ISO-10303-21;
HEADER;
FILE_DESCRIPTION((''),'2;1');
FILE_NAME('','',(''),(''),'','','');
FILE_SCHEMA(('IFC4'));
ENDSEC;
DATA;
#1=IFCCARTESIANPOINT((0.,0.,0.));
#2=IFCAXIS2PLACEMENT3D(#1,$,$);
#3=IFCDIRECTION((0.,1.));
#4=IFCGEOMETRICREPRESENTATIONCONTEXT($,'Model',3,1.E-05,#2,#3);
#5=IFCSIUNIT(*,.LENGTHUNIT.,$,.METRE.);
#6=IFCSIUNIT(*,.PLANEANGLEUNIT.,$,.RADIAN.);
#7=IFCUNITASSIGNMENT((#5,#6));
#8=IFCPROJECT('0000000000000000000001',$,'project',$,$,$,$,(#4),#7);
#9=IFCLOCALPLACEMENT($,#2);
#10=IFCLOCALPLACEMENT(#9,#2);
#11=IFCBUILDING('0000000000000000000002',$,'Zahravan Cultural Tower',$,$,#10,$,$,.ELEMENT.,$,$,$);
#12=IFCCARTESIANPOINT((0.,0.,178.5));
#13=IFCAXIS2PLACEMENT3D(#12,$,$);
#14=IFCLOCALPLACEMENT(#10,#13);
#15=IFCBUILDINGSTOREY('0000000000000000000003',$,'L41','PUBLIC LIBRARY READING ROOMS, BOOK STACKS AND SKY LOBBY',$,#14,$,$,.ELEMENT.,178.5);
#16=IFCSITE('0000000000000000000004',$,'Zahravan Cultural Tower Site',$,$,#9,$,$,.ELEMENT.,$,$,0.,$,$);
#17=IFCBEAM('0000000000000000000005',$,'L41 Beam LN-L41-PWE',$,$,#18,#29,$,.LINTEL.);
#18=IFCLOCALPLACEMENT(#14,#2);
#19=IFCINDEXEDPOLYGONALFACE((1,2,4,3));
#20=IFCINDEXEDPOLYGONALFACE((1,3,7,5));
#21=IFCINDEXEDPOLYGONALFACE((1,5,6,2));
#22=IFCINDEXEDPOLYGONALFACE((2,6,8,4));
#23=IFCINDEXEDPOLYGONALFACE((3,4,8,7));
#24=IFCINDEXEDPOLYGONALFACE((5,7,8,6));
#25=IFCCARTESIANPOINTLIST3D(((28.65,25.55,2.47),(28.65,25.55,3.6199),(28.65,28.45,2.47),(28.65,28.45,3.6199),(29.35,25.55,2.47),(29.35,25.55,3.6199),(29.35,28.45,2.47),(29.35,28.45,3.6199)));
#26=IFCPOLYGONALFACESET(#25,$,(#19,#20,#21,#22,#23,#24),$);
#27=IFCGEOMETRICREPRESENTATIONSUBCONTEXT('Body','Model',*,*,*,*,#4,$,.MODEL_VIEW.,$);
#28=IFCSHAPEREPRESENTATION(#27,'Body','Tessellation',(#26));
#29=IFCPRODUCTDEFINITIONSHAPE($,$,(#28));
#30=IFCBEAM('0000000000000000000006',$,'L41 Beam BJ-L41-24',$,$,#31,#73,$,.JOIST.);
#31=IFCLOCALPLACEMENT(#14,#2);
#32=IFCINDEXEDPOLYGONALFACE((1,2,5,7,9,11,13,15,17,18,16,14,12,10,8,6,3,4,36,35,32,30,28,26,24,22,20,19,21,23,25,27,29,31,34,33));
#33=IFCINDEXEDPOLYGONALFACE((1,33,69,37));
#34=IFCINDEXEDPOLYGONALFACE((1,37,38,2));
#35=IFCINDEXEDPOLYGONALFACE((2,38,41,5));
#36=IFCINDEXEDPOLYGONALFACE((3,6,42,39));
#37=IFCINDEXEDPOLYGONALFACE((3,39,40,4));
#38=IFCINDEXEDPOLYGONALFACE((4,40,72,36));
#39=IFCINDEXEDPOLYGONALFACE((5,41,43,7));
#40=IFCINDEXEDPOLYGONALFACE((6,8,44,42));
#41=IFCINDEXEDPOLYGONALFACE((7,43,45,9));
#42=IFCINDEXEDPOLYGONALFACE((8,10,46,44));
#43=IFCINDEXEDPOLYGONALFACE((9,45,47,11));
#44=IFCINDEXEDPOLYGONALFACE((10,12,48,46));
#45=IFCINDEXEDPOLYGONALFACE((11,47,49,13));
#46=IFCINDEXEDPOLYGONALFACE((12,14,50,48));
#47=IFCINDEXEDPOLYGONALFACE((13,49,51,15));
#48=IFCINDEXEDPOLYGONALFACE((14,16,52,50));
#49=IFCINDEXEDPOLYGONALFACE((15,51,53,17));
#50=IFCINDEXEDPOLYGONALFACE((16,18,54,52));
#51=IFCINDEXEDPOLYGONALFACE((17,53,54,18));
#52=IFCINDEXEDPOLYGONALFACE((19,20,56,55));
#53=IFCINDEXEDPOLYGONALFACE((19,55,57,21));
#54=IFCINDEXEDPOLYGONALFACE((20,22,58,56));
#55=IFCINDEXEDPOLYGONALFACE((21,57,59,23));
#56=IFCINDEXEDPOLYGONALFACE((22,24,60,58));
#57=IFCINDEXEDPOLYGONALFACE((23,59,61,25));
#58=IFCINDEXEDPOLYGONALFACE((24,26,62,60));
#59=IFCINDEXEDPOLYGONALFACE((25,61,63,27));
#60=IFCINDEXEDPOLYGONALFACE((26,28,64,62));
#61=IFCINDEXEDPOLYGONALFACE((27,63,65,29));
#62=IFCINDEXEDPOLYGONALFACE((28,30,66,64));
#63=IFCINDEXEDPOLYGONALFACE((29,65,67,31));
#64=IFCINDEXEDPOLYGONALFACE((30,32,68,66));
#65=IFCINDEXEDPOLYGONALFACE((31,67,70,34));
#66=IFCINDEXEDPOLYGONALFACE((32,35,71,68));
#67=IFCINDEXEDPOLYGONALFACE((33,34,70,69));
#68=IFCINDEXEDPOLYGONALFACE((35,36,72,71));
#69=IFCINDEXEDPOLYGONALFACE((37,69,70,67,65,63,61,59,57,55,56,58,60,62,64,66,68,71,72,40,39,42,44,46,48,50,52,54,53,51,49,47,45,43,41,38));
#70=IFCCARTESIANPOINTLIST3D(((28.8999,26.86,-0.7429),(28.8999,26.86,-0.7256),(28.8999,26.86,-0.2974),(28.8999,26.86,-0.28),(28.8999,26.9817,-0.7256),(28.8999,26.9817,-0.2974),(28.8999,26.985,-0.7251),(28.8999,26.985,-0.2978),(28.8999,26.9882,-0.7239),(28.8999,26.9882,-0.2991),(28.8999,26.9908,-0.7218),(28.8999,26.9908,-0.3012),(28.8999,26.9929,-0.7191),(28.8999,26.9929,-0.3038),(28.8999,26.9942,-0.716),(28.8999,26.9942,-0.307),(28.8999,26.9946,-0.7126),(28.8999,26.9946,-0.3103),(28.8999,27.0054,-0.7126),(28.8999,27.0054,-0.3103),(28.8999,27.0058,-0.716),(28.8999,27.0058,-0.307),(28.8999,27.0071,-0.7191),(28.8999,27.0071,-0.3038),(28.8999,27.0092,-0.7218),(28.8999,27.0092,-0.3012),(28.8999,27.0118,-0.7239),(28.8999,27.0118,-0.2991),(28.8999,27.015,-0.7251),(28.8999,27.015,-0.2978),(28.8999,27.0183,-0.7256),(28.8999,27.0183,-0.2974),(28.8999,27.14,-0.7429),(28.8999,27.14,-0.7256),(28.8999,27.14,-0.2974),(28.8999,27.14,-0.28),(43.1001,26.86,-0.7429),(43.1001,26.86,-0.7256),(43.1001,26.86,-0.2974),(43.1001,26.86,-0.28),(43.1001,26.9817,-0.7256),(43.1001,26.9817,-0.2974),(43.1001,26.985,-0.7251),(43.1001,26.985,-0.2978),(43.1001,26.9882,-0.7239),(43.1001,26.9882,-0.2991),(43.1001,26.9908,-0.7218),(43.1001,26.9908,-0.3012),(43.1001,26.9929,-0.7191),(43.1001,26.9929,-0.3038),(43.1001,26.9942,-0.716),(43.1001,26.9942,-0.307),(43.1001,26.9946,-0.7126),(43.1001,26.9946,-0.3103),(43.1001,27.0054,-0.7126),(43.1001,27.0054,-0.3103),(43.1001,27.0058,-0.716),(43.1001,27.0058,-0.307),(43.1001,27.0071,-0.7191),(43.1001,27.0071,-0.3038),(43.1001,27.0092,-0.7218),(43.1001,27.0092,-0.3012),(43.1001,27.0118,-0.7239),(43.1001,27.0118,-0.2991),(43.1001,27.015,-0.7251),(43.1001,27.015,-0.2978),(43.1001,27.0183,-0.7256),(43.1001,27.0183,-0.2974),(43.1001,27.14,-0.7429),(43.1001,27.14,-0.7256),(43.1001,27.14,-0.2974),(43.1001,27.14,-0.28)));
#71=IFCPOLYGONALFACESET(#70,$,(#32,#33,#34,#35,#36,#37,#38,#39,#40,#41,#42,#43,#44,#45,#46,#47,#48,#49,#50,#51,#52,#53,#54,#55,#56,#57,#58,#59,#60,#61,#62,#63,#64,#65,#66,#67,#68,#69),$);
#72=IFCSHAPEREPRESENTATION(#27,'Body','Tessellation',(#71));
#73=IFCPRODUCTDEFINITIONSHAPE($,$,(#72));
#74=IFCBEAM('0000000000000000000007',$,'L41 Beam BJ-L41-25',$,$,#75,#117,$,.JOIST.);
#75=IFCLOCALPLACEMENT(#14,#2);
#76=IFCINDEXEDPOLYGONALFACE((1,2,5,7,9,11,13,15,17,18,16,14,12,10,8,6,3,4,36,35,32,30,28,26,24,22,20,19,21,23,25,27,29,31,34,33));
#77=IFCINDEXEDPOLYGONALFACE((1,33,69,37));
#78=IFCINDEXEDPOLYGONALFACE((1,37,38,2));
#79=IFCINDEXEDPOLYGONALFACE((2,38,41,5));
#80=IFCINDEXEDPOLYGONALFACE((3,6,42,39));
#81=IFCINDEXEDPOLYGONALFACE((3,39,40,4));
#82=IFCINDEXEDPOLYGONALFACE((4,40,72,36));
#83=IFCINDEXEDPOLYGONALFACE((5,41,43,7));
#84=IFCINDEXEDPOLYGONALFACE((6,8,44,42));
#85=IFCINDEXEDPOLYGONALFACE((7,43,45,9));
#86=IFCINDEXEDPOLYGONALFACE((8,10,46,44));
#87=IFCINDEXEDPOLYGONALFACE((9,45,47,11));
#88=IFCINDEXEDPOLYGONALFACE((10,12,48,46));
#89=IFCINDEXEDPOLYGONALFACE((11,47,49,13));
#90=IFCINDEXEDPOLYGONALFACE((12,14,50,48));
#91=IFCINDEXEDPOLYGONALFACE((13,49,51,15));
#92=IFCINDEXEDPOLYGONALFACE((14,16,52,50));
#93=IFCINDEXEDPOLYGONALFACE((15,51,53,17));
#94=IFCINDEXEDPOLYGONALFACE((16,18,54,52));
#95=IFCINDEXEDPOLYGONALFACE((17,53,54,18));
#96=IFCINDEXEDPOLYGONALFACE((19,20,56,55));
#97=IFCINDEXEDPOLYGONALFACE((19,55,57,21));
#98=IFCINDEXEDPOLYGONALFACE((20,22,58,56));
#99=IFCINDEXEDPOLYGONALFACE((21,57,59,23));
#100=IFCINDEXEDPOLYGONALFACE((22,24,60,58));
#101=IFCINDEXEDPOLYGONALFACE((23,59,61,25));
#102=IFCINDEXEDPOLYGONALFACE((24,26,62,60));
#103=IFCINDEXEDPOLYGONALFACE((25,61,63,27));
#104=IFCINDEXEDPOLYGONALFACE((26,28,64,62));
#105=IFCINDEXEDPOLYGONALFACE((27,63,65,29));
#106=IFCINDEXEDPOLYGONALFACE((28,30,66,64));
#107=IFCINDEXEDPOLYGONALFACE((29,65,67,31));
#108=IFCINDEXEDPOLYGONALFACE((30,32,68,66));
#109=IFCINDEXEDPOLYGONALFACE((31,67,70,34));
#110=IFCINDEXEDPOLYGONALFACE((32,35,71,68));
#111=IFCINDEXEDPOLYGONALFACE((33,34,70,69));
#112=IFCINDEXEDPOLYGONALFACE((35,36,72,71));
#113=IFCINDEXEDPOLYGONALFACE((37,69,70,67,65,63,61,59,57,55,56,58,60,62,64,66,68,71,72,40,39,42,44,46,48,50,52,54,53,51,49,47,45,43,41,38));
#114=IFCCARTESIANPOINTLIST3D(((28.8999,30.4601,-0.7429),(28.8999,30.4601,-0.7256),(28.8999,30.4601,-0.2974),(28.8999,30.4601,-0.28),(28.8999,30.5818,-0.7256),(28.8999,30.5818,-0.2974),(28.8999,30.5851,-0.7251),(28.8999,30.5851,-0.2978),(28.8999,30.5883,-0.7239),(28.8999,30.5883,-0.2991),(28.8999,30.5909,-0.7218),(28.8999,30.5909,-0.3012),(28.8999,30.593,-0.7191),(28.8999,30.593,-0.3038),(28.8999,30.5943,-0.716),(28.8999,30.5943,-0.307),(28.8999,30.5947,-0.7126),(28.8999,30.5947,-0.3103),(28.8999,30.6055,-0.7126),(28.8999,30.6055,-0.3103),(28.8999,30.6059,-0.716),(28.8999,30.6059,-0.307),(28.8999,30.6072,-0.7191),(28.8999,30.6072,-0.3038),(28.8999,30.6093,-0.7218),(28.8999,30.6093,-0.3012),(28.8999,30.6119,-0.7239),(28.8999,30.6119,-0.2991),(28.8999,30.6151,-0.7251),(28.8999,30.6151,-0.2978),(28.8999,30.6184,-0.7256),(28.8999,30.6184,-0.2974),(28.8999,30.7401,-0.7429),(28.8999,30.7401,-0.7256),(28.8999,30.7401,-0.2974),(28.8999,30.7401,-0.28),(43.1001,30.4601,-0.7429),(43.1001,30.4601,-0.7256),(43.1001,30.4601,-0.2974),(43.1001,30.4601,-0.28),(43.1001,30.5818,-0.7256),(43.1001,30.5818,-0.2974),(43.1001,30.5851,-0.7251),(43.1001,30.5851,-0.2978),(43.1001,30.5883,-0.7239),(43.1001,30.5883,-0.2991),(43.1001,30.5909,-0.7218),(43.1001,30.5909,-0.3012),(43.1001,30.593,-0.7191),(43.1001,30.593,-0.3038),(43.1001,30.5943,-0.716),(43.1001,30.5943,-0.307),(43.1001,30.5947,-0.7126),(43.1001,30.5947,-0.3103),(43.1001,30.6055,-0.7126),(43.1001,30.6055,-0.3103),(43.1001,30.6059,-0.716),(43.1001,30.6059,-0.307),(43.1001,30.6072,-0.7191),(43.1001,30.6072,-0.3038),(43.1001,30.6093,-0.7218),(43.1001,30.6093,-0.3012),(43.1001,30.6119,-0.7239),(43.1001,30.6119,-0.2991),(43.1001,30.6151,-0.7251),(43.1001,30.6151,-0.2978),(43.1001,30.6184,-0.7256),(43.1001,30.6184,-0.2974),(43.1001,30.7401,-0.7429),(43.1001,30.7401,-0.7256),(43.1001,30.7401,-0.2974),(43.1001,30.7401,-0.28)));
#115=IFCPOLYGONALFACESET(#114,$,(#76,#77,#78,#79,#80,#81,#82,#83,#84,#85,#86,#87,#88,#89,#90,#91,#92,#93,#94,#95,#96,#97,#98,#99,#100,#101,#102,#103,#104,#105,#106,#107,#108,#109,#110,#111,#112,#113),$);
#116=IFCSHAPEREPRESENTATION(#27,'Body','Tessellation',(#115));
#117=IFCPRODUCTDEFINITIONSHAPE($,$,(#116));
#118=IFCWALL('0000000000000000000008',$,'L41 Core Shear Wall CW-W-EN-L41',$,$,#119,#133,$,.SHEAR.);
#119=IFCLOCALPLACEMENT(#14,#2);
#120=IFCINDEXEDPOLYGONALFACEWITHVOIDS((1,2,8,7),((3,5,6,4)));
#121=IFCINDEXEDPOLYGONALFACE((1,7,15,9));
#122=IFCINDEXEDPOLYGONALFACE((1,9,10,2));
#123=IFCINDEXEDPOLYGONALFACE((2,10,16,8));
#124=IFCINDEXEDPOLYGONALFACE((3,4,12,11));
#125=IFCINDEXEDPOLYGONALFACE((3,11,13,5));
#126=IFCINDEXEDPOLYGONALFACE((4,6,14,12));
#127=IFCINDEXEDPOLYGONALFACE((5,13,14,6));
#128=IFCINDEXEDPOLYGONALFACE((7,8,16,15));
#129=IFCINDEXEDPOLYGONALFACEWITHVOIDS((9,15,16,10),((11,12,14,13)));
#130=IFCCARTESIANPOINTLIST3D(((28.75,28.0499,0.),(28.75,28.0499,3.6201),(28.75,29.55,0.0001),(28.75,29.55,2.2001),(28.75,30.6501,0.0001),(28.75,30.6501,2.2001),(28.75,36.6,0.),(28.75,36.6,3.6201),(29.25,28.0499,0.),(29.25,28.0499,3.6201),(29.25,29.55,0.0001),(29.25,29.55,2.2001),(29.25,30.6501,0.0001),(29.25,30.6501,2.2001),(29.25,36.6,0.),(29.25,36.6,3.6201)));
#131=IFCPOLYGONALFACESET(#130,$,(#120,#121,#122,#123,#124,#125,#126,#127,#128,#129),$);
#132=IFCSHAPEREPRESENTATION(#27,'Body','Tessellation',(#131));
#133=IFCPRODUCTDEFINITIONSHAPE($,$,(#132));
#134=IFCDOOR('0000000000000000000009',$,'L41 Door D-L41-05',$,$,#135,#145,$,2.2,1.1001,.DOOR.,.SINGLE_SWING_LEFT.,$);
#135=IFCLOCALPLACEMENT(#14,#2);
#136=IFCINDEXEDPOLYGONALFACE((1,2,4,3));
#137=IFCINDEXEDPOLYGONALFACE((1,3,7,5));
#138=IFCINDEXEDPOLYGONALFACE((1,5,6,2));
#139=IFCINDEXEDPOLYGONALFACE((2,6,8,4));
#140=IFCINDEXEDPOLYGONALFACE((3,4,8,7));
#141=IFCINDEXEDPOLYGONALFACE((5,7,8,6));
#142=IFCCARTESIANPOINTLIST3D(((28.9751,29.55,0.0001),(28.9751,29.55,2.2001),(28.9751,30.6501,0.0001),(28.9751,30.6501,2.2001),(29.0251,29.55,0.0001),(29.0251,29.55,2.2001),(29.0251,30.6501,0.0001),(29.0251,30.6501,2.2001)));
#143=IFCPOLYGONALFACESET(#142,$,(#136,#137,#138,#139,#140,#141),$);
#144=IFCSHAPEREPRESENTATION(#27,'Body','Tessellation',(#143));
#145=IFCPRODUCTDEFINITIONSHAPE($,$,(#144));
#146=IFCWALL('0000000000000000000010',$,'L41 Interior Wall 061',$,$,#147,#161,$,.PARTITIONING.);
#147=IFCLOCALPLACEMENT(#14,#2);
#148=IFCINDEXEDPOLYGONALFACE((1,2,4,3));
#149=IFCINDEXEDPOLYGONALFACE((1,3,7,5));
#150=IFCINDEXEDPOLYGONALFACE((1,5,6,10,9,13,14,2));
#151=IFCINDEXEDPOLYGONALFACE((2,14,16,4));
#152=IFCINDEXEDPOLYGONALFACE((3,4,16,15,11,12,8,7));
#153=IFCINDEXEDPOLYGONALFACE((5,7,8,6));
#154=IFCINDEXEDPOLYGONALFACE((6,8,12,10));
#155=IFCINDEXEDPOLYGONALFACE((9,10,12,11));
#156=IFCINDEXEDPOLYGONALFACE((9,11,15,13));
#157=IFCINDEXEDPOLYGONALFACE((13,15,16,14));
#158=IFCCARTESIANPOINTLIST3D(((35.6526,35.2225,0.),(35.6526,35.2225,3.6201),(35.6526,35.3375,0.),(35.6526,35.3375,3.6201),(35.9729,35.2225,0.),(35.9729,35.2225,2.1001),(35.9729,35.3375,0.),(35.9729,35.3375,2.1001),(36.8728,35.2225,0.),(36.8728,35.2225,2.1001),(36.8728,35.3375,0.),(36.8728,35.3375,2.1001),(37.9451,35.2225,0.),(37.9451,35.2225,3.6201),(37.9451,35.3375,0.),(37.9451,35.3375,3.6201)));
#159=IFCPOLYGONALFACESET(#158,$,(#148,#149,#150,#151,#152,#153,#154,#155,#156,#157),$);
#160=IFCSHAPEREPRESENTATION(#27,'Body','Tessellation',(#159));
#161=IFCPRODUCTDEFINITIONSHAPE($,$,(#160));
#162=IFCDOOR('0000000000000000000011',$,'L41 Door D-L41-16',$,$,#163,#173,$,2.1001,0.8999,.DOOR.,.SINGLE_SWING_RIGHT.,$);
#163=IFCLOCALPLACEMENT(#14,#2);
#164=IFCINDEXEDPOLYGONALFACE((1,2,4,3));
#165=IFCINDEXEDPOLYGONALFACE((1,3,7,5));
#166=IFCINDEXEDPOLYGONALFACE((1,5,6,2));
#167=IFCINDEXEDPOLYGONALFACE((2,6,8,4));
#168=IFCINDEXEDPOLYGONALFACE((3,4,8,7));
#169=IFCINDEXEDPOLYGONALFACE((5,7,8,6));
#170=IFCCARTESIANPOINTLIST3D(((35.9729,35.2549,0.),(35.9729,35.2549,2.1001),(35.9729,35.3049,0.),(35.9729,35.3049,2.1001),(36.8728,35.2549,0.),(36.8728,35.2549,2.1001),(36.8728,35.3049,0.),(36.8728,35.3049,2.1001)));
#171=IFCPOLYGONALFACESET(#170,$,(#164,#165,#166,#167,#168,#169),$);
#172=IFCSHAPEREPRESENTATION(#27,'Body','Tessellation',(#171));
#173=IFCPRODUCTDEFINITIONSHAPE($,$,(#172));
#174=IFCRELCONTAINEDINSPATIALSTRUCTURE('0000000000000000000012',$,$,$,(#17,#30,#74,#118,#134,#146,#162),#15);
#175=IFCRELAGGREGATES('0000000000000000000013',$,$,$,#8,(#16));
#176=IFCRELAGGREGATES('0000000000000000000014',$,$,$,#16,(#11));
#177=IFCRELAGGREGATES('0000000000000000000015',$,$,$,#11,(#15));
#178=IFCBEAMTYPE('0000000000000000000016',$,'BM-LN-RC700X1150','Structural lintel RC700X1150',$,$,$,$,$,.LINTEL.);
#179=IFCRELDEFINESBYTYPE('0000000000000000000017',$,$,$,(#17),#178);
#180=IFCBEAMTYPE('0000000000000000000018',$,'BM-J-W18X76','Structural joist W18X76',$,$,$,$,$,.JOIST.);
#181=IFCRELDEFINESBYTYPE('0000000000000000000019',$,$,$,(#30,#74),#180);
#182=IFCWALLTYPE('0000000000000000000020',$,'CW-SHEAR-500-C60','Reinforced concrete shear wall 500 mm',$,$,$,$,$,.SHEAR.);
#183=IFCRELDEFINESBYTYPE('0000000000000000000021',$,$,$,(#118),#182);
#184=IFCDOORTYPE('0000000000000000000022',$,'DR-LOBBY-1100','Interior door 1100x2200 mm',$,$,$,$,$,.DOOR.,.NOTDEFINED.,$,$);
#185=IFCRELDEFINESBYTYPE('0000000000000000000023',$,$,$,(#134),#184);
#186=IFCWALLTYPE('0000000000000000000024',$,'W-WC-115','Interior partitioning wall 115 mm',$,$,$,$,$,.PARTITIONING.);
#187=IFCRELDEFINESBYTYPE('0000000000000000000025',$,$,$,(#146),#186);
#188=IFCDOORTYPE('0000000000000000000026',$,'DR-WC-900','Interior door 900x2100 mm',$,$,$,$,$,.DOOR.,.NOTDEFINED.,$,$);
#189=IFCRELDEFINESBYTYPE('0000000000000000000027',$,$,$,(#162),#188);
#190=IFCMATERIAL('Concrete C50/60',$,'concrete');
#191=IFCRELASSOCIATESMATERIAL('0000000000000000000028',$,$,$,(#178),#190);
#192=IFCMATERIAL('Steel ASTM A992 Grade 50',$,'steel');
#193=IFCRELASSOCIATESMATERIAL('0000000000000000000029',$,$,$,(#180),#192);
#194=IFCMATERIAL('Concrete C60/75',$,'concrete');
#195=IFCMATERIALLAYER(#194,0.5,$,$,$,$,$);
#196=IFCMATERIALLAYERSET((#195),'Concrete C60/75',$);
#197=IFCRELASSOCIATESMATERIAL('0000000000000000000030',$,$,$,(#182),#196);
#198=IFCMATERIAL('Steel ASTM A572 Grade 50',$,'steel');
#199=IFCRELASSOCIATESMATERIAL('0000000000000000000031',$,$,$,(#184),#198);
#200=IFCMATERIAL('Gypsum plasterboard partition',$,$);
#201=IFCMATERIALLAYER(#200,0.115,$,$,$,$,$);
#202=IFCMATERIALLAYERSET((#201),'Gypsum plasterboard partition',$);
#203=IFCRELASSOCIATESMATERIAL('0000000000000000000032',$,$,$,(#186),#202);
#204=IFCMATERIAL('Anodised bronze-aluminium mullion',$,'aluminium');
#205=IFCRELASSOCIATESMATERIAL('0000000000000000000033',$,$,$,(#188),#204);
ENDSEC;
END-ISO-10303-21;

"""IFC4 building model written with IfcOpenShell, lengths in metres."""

from ifc_helpers import new_model, si_unit, direction, frame, frame_2d, origin, origin_2d, place, context, subcontext, project, spatial, rectangle, i_section, extrude, source, transform, mapped, material, layer, layer_set, material_profile, profile_set, type_object, element, fill, save


model = new_model("IFC4")

# Units and contexts
model_context = context("Model", 3, precision=1e-05, world=origin(), true_north=direction((0.0, 1.0)))
body_context = subcontext(model_context, "Body", "Model", "MODEL_VIEW")
ifc_project = project(units=[si_unit("LENGTHUNIT", "METRE"), si_unit("PLANEANGLEUNIT", "RADIAN")], contexts=[model_context])

# Site, building, storey
site_placement = place(None, origin())
site = spatial("IfcSite", under=ifc_project, at=site_placement, Name="Zahravan Cultural Tower Site", CompositionType="ELEMENT", RefElevation=0.0)
building_placement = place(site_placement, origin())
building = spatial("IfcBuilding", under=site, at=building_placement, Name="Zahravan Cultural Tower", CompositionType="ELEMENT")
storey_placement = place(building_placement, frame((0.0, 0.0, 178.5)))
storey = spatial("IfcBuildingStorey", under=building, at=storey_placement, Name="L41", Description="PUBLIC LIBRARY READING ROOMS, BOOK STACKS AND SKY LOBBY", CompositionType="ELEMENT", Elevation=178.5)

# Beams
ifc_material_1 = material(Name="Concrete C50/60", Category="concrete")
ifc_material_profile_1 = material_profile(ifc_material_1, rectangle(XDim=0.7, YDim=1.1499, at=origin_2d()), Name="RC700X1150")
ifc_profile_set_1 = profile_set([ifc_material_profile_1], Name="Concrete C50/60")
beam_type_1 = type_object("IfcBeamType", Name="BM-LN-RC700X1150", Description="Structural lintel RC700X1150", PredefinedType="LINTEL", material=ifc_profile_set_1)
shared_shape_1 = source(origin(), body_context, "Body", "SweptSolid", [
    extrude(rectangle(XDim=0.7, YDim=1.1499, at=origin_2d()), origin(), (0.0, 0.0, 1.0), 2.8999),
])
beam_placement = place(storey_placement, frame((29.0, 25.55, 3.0449), z_axis=(0.0, 1.0, 0.0), x_axis=(-1.0, 0.0, 0.0)))
element("IfcBeam", 1, at=beam_placement, inside=storey, type_object=beam_type_1, Name="L41 Beam LN-L41-PWE", PredefinedType="LINTEL", context=body_context, shape_type="MappedRepresentation", body=[
    mapped(shared_shape_1, transform((0.0, 0.0, 0.0), x_axis=(1.0, 0.0, 0.0), y_axis=(0.0, 1.0, 0.0), z_axis=(0.0, 0.0, 1.0), scale=1.0)),
])
ifc_material_2 = material(Name="Steel ASTM A992 Grade 50", Category="steel")
ifc_material_profile_2 = material_profile(ifc_material_2, i_section(OverallWidth=0.28, OverallDepth=0.4629, WebThickness=0.0107, FlangeThickness=0.0173, FilletRadius=0.0129, at=origin_2d()), Name="W18X76")
ifc_profile_set_2 = profile_set([ifc_material_profile_2], Name="Steel ASTM A992 Grade 50")
beam_type_2 = type_object("IfcBeamType", Name="BM-J-W18X76", Description="Structural joist W18X76", PredefinedType="JOIST", material=ifc_profile_set_2)
shared_shape_2 = source(origin(), body_context, "Body", "SweptSolid", [
    extrude(i_section(OverallWidth=0.28, OverallDepth=0.4629, WebThickness=0.0107, FlangeThickness=0.0173, FilletRadius=0.0129, at=origin_2d()), origin(), (0.0, 0.0, 1.0), 14.2002),
])
for number, where, z_axis, x_axis, name in (
    (2, (28.8999, 27.0, -0.5115), (1.0, 0.0, 0.0), (0.0, 1.0, 0.0), "L41 Beam BJ-L41-24"),
    (3, (28.8999, 30.6001, -0.5115), (1.0, 0.0, 0.0), (0.0, 1.0, 0.0), "L41 Beam BJ-L41-25"),
):
    element("IfcBeam", number, at=place(storey_placement, frame(where, z_axis=z_axis, x_axis=x_axis)), inside=storey, type_object=beam_type_2, Name=name, PredefinedType="JOIST", context=body_context, shape_type="MappedRepresentation", body=[
        mapped(shared_shape_2, transform((0.0, 0.0, 0.0), x_axis=(1.0, 0.0, 0.0), y_axis=(0.0, 1.0, 0.0), z_axis=(0.0, 0.0, 1.0), scale=1.0)),
    ])

# Walls, openings, doors
ifc_material_3 = material(Name="Concrete C60/75", Category="concrete")
ifc_layer_1 = layer(ifc_material_3, 0.5)
ifc_layer_set_1 = layer_set([ifc_layer_1], Name="Concrete C60/75")
wall_type_1 = type_object("IfcWallType", Name="CW-SHEAR-500-C60", Description="Reinforced concrete shear wall 500 mm", PredefinedType="SHEAR", material=ifc_layer_set_1)
wall_1_placement = place(storey_placement, frame((29.0, 28.05, 0.0), z_axis=(0.0, 0.0, 1.0), x_axis=(0.0, 1.0, 0.0)))
wall_1 = element("IfcWall", 4, at=wall_1_placement, inside=storey, type_object=wall_type_1, Name="L41 Core Shear Wall CW-W-EN-L41", PredefinedType="SHEAR", context=body_context, shape_type="SweptSolid", body=[
    extrude(rectangle(XDim=8.55, YDim=0.5, at=frame_2d((4.2749, 0.0))), origin(), (0.0, 0.0, 1.0), 3.6201),
])
opening_1_placement = place(wall_1_placement, frame((1.5, 0.0, 0.0)))
opening_1 = element("IfcOpeningElement", 5, at=opening_1_placement, cuts=wall_1, PredefinedType="OPENING", context=body_context, shape_type="SweptSolid", body=[
    extrude(rectangle(XDim=1.1001, YDim=2.2, at=frame_2d((0.55, 1.1001))), frame((0.0, 0.26, 0.0), z_axis=(0.0, -1.0, 0.0), x_axis=(1.0, 0.0, 0.0)), (0.0, 0.0, 1.0), 0.52),
])
ifc_material_4 = material(Name="Steel ASTM A572 Grade 50", Category="steel")
door_type_1 = type_object("IfcDoorType", Name="DR-LOBBY-1100", Description="Interior door 1100x2200 mm", OperationType="NOTDEFINED", PredefinedType="DOOR", material=ifc_material_4)
shared_shape_3 = source(origin(), body_context, "Body", "SweptSolid", [
    extrude(rectangle(XDim=1.1001, YDim=2.2, at=frame_2d((0.55, 1.1001))), frame((0.0, 0.0249, 0.0), z_axis=(0.0, -1.0, 0.0), x_axis=(1.0, 0.0, 0.0)), (0.0, 0.0, 1.0), 0.05),
])
door_1_placement = place(opening_1_placement, origin())
door_1 = element("IfcDoor", 6, at=door_1_placement, inside=storey, type_object=door_type_1, Name="L41 Door D-L41-05", OperationType="SINGLE_SWING_LEFT", OverallHeight=2.2, OverallWidth=1.1001, PredefinedType="DOOR", context=body_context, shape_type="MappedRepresentation", body=[
    mapped(shared_shape_3, transform((0.0, 0.0, 0.0), x_axis=(1.0, 0.0, 0.0), y_axis=(0.0, 1.0, 0.0), z_axis=(0.0, 0.0, 1.0), scale=1.0)),
])
fill(opening_1, door_1)
ifc_material_5 = material(Name="Gypsum plasterboard partition")
ifc_material_6 = material(Name="Anodised bronze-aluminium mullion", Category="aluminium")
ifc_layer_2 = layer(ifc_material_5, 0.115)
ifc_layer_set_2 = layer_set([ifc_layer_2], Name="Gypsum plasterboard partition")
wall_type_2 = type_object("IfcWallType", Name="W-WC-115", Description="Interior partitioning wall 115 mm", PredefinedType="PARTITIONING", material=ifc_layer_set_2)
wall_2_placement = place(storey_placement, frame((35.6526, 35.28, 0.0), z_axis=(0.0, 0.0, 1.0), x_axis=(1.0, 0.0, 0.0)))
wall_2 = element("IfcWall", 7, at=wall_2_placement, inside=storey, type_object=wall_type_2, Name="L41 Interior Wall 061", PredefinedType="PARTITIONING", context=body_context, shape_type="SweptSolid", body=[
    extrude(rectangle(XDim=2.2925, YDim=0.115, at=frame_2d((1.1462, 0.0))), origin(), (0.0, 0.0, 1.0), 3.6201),
])
opening_2_placement = place(wall_2_placement, frame((0.3203, 0.0, 0.0)))
opening_2 = element("IfcOpeningElement", 8, at=opening_2_placement, cuts=wall_2, PredefinedType="OPENING", context=body_context, shape_type="SweptSolid", body=[
    extrude(rectangle(XDim=0.8999, YDim=2.1001, at=frame_2d((0.45, 1.05))), frame((0.0, 0.0674, 0.0), z_axis=(0.0, -1.0, 0.0), x_axis=(1.0, 0.0, 0.0)), (0.0, 0.0, 1.0), 0.135),
])
door_type_2 = type_object("IfcDoorType", Name="DR-WC-900", Description="Interior door 900x2100 mm", OperationType="NOTDEFINED", PredefinedType="DOOR", material=ifc_material_6)
shared_shape_4 = source(origin(), body_context, "Body", "SweptSolid", [
    extrude(rectangle(XDim=0.8999, YDim=2.1001, at=frame_2d((0.45, 1.05))), frame((0.0, 0.0249, 0.0), z_axis=(0.0, -1.0, 0.0), x_axis=(1.0, 0.0, 0.0)), (0.0, 0.0, 1.0), 0.05),
])
door_2_placement = place(opening_2_placement, origin())
door_2 = element("IfcDoor", 9, at=door_2_placement, inside=storey, type_object=door_type_2, Name="L41 Door D-L41-16", OperationType="SINGLE_SWING_RIGHT", OverallHeight=2.1001, OverallWidth=0.8999, PredefinedType="DOOR", context=body_context, shape_type="MappedRepresentation", body=[
    mapped(shared_shape_4, transform((0.0, 0.0, 0.0), x_axis=(1.0, 0.0, 0.0), y_axis=(0.0, 1.0, 0.0), z_axis=(0.0, 0.0, 1.0), scale=1.0)),
])
fill(opening_2, door_2)

save(model, "model.ifc")
